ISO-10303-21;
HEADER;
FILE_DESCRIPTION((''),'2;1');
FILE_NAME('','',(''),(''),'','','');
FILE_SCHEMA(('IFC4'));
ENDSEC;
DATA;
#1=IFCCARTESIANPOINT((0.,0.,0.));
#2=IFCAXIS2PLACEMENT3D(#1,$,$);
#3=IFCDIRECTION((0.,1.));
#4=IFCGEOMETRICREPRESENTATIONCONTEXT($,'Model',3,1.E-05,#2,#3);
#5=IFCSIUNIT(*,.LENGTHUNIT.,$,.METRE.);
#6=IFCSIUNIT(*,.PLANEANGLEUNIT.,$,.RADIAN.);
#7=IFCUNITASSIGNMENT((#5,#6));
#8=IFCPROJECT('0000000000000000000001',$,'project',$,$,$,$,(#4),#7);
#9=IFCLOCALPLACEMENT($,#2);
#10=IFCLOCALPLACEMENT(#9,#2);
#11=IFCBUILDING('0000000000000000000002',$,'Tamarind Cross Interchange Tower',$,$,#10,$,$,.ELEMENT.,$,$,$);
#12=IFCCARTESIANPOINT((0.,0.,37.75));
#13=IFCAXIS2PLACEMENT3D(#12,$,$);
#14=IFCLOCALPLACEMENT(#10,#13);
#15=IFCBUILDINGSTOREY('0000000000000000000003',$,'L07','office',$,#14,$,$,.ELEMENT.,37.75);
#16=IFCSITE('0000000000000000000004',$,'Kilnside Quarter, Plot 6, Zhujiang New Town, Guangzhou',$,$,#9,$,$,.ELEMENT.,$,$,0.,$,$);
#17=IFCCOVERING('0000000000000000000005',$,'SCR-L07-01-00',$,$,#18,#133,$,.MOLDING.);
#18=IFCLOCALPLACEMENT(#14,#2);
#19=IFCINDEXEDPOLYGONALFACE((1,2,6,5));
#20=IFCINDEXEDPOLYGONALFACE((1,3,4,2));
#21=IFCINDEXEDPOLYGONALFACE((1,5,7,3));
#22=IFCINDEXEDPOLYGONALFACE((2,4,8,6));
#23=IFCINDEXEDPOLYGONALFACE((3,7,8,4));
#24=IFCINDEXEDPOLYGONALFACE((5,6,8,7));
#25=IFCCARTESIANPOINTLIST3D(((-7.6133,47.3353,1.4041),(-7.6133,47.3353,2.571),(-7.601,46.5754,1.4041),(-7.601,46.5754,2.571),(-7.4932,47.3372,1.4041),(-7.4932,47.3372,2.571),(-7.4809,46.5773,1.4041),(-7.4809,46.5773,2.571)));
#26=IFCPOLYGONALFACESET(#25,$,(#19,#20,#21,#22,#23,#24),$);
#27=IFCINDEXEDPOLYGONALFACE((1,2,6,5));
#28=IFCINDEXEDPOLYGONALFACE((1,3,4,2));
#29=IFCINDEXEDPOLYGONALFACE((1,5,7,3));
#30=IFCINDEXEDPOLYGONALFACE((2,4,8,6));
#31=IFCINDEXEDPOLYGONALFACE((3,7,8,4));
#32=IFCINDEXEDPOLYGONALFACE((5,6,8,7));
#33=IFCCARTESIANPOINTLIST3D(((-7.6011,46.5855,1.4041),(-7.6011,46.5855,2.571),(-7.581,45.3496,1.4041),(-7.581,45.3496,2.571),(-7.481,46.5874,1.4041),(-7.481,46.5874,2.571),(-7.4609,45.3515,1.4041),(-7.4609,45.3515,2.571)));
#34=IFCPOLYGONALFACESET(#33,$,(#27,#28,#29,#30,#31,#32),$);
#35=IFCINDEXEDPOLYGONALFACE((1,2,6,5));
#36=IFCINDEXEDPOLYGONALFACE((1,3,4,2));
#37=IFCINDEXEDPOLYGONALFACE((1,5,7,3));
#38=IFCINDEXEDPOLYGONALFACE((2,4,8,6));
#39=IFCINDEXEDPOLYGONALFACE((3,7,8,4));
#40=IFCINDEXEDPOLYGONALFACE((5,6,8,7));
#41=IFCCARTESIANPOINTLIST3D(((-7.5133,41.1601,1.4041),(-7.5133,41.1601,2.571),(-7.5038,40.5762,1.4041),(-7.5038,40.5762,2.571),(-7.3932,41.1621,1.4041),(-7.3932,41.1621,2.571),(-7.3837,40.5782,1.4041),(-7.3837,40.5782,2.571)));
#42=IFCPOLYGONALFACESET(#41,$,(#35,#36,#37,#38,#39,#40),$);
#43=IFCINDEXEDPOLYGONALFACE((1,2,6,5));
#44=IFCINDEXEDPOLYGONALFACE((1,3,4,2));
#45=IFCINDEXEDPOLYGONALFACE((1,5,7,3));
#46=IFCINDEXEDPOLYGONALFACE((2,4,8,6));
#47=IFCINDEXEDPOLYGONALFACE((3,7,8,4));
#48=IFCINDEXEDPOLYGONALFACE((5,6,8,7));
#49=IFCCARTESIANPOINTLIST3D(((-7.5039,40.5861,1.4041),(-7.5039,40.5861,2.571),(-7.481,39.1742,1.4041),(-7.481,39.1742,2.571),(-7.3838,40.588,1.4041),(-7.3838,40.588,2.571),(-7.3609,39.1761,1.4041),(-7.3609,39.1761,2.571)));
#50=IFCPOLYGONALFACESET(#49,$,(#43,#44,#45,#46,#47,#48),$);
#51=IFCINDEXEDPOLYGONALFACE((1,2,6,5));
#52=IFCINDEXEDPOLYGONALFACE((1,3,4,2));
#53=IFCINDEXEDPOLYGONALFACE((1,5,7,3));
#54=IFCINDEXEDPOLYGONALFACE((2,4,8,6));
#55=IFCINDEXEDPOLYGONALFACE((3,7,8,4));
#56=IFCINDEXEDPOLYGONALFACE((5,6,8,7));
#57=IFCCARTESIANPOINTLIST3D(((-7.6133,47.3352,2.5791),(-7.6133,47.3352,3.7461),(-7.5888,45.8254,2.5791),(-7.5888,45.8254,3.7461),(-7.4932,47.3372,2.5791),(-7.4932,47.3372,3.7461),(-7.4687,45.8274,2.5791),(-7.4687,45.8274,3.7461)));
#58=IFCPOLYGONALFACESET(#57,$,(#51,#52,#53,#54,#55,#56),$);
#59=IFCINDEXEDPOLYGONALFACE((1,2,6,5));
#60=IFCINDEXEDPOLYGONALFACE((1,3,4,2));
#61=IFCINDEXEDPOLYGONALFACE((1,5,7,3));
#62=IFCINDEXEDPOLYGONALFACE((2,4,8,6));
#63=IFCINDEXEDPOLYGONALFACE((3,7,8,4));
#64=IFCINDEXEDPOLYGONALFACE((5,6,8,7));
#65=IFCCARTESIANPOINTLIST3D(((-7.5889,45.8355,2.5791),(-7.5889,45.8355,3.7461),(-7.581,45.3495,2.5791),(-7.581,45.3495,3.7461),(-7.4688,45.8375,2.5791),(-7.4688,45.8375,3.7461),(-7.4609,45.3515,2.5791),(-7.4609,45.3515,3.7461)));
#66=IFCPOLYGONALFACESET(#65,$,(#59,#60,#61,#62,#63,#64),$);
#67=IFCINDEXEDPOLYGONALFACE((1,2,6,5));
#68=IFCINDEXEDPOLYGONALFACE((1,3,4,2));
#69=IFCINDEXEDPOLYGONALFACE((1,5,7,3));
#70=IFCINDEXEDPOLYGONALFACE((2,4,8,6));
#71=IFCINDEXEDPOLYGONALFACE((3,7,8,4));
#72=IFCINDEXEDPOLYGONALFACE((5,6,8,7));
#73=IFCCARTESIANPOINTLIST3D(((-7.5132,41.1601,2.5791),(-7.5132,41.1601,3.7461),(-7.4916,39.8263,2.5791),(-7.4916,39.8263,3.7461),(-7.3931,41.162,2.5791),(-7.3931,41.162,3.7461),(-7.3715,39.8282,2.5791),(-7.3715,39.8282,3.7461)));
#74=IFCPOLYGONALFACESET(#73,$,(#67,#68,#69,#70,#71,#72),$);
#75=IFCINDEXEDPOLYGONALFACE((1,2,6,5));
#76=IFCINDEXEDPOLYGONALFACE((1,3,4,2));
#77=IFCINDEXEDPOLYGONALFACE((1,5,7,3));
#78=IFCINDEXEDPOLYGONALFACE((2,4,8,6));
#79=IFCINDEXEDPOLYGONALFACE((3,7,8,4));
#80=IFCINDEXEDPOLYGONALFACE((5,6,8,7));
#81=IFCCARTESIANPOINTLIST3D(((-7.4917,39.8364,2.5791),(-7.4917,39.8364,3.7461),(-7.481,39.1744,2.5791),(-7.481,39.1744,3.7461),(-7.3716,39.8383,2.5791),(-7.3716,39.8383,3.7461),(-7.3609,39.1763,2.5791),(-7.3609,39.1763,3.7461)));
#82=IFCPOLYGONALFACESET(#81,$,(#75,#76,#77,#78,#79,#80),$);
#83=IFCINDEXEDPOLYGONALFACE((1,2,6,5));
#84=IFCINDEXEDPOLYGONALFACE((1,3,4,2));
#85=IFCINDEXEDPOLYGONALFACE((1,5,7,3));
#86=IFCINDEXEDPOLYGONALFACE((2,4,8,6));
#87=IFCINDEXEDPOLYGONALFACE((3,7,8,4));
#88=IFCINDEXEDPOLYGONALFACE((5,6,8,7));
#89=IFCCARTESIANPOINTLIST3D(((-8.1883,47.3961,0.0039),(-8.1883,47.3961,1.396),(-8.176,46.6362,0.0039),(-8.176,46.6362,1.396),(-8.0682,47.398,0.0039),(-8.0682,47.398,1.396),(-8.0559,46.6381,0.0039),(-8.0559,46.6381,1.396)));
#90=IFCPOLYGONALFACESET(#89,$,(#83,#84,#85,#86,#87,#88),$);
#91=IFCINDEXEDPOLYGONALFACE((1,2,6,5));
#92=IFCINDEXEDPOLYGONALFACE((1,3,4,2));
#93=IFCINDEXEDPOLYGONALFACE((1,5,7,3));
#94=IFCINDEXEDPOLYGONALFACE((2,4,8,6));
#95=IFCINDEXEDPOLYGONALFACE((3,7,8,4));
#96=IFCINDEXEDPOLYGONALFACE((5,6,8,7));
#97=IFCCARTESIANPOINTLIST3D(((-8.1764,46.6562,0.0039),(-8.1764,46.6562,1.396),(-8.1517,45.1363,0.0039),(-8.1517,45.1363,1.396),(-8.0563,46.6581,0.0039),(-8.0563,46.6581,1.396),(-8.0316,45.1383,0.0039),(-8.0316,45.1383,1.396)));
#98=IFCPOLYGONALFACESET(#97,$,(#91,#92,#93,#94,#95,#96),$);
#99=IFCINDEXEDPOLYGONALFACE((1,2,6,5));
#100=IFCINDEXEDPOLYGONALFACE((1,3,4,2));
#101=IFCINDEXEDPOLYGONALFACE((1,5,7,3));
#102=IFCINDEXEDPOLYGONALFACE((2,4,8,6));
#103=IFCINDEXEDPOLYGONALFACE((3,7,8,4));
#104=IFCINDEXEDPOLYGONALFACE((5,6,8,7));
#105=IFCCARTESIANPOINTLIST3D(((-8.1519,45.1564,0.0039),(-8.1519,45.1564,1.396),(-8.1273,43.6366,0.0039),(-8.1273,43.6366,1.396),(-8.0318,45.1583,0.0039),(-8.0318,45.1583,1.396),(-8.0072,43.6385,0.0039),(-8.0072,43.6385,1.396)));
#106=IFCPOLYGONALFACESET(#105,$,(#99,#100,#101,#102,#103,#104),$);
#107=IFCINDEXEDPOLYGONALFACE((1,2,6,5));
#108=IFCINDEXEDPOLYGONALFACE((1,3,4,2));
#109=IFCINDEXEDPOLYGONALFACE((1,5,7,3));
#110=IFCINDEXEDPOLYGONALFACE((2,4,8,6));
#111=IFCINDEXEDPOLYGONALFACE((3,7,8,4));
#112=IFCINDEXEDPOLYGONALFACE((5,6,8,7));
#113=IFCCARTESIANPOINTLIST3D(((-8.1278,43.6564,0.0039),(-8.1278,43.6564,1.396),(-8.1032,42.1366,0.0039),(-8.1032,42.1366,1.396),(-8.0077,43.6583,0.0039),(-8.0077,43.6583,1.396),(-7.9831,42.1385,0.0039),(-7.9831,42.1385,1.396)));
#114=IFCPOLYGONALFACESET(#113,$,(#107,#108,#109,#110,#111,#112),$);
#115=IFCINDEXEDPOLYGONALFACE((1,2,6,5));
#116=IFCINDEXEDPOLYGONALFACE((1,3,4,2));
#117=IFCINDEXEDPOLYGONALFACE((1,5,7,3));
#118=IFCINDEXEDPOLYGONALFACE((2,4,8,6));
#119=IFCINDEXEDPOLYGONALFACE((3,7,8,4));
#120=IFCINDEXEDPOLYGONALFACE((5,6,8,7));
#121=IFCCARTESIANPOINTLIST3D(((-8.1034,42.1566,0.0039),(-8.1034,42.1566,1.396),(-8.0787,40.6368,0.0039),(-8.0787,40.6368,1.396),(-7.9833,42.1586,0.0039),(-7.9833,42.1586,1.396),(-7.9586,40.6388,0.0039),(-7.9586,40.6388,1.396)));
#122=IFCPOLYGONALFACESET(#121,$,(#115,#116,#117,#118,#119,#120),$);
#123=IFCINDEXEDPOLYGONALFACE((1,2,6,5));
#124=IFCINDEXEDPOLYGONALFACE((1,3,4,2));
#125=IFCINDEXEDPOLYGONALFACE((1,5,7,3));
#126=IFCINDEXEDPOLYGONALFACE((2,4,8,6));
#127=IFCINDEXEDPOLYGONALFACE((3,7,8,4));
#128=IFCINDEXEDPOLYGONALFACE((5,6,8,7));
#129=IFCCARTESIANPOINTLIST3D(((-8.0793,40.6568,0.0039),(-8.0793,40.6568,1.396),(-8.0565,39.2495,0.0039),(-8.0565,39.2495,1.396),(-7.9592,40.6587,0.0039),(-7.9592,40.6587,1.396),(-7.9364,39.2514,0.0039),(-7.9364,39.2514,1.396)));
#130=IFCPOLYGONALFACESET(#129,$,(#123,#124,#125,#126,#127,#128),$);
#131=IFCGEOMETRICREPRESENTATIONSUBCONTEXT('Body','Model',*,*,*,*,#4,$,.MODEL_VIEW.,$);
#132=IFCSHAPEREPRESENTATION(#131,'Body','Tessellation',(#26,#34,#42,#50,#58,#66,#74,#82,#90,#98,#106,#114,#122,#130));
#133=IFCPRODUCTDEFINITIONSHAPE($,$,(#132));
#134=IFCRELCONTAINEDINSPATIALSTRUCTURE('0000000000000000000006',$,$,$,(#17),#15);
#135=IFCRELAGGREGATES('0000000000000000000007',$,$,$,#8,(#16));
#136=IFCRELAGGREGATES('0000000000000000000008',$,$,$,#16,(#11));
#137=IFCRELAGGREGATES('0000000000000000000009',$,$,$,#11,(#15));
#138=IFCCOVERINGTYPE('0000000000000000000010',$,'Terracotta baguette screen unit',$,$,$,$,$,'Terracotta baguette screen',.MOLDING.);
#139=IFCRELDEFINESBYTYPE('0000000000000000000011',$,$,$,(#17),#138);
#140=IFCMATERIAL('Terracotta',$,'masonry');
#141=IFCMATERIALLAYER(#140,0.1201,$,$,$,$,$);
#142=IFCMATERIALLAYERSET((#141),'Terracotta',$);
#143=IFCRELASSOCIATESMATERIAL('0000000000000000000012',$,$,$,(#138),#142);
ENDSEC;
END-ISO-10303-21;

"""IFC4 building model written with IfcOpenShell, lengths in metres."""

from ifc_helpers import new_model, si_unit, direction, frame, origin, origin_2d, place, context, subcontext, project, spatial, rectangle, extrude, material, layer, layer_set, type_object, element, save


model = new_model("IFC4")

# Units and contexts
model_context = context("Model", 3, precision=1e-05, world=origin(), true_north=direction((0.0, 1.0)))
body_context = subcontext(model_context, "Body", "Model", "MODEL_VIEW")
ifc_project = project(units=[si_unit("LENGTHUNIT", "METRE"), si_unit("PLANEANGLEUNIT", "RADIAN")], contexts=[model_context])

# Site, building, storey
site_placement = place(None, origin())
site = spatial("IfcSite", under=ifc_project, at=site_placement, Name="Kilnside Quarter, Plot 6, Zhujiang New Town, Guangzhou", CompositionType="ELEMENT", RefElevation=0.0)
building_placement = place(site_placement, origin())
building = spatial("IfcBuilding", under=site, at=building_placement, Name="Tamarind Cross Interchange Tower", CompositionType="ELEMENT")
storey_placement = place(building_placement, frame((0.0, 0.0, 37.75)))
storey = spatial("IfcBuildingStorey", under=building, at=storey_placement, Name="L07", Description="office", CompositionType="ELEMENT", Elevation=37.75)

# Covering
ifc_material_1 = material(Name="Terracotta", Category="masonry")
ifc_layer_1 = layer(ifc_material_1, 0.1201)
ifc_layer_set_1 = layer_set([ifc_layer_1], Name="Terracotta")
covering_type = type_object("IfcCoveringType", Name="Terracotta baguette screen unit", ElementType="Terracotta baguette screen", PredefinedType="MOLDING", material=ifc_layer_set_1)
covering_1_placement = place(storey_placement, origin())
element("IfcCovering", 1, at=covering_1_placement, inside=storey, type_object=covering_type, Name="SCR-L07-01-00", PredefinedType="MOLDING", context=body_context, shape_type="SweptSolid", body=[
    extrude(rectangle(XDim=0.76, YDim=0.1201, at=origin_2d()), frame((-7.5471, 46.9563, 1.4041), z_axis=(0.0, 0.0, 1.0), x_axis=(0.016194, -0.999869, 0.0)), (0.0, 0.0, 1.0), 1.167),
    extrude(rectangle(XDim=1.2361, YDim=0.1201, at=origin_2d()), frame((-7.531, 45.9685, 1.4041), z_axis=(0.0, 0.0, 1.0), x_axis=(0.016194, -0.999869, 0.0)), (0.0, 0.0, 1.0), 1.167),
    extrude(rectangle(XDim=0.584, YDim=0.1201, at=origin_2d()), frame((-7.4485, 40.8691, 1.4041), z_axis=(0.0, 0.0, 1.0), x_axis=(0.016194, -0.999869, 0.0)), (0.0, 0.0, 1.0), 1.167),
    extrude(rectangle(XDim=1.4121, YDim=0.1201, at=origin_2d()), frame((-7.4324, 39.8811, 1.4041), z_axis=(0.0, 0.0, 1.0), x_axis=(0.016194, -0.999869, 0.0)), (0.0, 0.0, 1.0), 1.167),
    extrude(rectangle(XDim=1.51, YDim=0.1201, at=origin_2d()), frame((-7.541, 46.5813, 2.5791), z_axis=(0.0, 0.0, 1.0), x_axis=(0.016194, -0.999869, 0.0)), (0.0, 0.0, 1.0), 1.167),
    extrude(rectangle(XDim=0.4861, YDim=0.1201, at=origin_2d()), frame((-7.5249, 45.5935, 2.5791), z_axis=(0.0, 0.0, 1.0), x_axis=(0.016194, -0.999869, 0.0)), (0.0, 0.0, 1.0), 1.167),
    extrude(rectangle(XDim=1.334, YDim=0.1201, at=origin_2d()), frame((-7.4424, 40.4941, 2.5791), z_axis=(0.0, 0.0, 1.0), x_axis=(0.016194, -0.999869, 0.0)), (0.0, 0.0, 1.0), 1.167),
    extrude(rectangle(XDim=0.6621, YDim=0.1201, at=origin_2d()), frame((-7.4263, 39.5063, 2.5791), z_axis=(0.0, 0.0, 1.0), x_axis=(0.016194, -0.999869, 0.0)), (0.0, 0.0, 1.0), 1.167),
    extrude(rectangle(XDim=0.76, YDim=0.1201, at=origin_2d()), frame((-8.1221, 47.0171, 0.0039), z_axis=(0.0, 0.0, 1.0), x_axis=(0.016194, -0.999869, 0.0)), (0.0, 0.0, 1.0), 1.3921),
    extrude(rectangle(XDim=1.52, YDim=0.1201, at=origin_2d()), frame((-8.104, 45.8972, 0.0039), z_axis=(0.0, 0.0, 1.0), x_axis=(0.016194, -0.999869, 0.0)), (0.0, 0.0, 1.0), 1.3921),
    extrude(rectangle(XDim=1.52, YDim=0.1201, at=origin_2d()), frame((-8.0796, 44.3975, 0.0039), z_axis=(0.0, 0.0, 1.0), x_axis=(0.016194, -0.999869, 0.0)), (0.0, 0.0, 1.0), 1.3921),
    extrude(rectangle(XDim=1.52, YDim=0.1201, at=origin_2d()), frame((-8.0554, 42.8975, 0.0039), z_axis=(0.0, 0.0, 1.0), x_axis=(0.016194, -0.999869, 0.0)), (0.0, 0.0, 1.0), 1.3921),
    extrude(rectangle(XDim=1.52, YDim=0.1201, at=origin_2d()), frame((-8.031, 41.3977, 0.0039), z_axis=(0.0, 0.0, 1.0), x_axis=(0.016194, -0.999869, 0.0)), (0.0, 0.0, 1.0), 1.3921),
    extrude(rectangle(XDim=1.4075, YDim=0.1201, at=origin_2d()), frame((-8.0078, 39.9541, 0.0039), z_axis=(0.0, 0.0, 1.0), x_axis=(0.016194, -0.999869, 0.0)), (0.0, 0.0, 1.0), 1.3921),
])

save(model, "model.ifc")
